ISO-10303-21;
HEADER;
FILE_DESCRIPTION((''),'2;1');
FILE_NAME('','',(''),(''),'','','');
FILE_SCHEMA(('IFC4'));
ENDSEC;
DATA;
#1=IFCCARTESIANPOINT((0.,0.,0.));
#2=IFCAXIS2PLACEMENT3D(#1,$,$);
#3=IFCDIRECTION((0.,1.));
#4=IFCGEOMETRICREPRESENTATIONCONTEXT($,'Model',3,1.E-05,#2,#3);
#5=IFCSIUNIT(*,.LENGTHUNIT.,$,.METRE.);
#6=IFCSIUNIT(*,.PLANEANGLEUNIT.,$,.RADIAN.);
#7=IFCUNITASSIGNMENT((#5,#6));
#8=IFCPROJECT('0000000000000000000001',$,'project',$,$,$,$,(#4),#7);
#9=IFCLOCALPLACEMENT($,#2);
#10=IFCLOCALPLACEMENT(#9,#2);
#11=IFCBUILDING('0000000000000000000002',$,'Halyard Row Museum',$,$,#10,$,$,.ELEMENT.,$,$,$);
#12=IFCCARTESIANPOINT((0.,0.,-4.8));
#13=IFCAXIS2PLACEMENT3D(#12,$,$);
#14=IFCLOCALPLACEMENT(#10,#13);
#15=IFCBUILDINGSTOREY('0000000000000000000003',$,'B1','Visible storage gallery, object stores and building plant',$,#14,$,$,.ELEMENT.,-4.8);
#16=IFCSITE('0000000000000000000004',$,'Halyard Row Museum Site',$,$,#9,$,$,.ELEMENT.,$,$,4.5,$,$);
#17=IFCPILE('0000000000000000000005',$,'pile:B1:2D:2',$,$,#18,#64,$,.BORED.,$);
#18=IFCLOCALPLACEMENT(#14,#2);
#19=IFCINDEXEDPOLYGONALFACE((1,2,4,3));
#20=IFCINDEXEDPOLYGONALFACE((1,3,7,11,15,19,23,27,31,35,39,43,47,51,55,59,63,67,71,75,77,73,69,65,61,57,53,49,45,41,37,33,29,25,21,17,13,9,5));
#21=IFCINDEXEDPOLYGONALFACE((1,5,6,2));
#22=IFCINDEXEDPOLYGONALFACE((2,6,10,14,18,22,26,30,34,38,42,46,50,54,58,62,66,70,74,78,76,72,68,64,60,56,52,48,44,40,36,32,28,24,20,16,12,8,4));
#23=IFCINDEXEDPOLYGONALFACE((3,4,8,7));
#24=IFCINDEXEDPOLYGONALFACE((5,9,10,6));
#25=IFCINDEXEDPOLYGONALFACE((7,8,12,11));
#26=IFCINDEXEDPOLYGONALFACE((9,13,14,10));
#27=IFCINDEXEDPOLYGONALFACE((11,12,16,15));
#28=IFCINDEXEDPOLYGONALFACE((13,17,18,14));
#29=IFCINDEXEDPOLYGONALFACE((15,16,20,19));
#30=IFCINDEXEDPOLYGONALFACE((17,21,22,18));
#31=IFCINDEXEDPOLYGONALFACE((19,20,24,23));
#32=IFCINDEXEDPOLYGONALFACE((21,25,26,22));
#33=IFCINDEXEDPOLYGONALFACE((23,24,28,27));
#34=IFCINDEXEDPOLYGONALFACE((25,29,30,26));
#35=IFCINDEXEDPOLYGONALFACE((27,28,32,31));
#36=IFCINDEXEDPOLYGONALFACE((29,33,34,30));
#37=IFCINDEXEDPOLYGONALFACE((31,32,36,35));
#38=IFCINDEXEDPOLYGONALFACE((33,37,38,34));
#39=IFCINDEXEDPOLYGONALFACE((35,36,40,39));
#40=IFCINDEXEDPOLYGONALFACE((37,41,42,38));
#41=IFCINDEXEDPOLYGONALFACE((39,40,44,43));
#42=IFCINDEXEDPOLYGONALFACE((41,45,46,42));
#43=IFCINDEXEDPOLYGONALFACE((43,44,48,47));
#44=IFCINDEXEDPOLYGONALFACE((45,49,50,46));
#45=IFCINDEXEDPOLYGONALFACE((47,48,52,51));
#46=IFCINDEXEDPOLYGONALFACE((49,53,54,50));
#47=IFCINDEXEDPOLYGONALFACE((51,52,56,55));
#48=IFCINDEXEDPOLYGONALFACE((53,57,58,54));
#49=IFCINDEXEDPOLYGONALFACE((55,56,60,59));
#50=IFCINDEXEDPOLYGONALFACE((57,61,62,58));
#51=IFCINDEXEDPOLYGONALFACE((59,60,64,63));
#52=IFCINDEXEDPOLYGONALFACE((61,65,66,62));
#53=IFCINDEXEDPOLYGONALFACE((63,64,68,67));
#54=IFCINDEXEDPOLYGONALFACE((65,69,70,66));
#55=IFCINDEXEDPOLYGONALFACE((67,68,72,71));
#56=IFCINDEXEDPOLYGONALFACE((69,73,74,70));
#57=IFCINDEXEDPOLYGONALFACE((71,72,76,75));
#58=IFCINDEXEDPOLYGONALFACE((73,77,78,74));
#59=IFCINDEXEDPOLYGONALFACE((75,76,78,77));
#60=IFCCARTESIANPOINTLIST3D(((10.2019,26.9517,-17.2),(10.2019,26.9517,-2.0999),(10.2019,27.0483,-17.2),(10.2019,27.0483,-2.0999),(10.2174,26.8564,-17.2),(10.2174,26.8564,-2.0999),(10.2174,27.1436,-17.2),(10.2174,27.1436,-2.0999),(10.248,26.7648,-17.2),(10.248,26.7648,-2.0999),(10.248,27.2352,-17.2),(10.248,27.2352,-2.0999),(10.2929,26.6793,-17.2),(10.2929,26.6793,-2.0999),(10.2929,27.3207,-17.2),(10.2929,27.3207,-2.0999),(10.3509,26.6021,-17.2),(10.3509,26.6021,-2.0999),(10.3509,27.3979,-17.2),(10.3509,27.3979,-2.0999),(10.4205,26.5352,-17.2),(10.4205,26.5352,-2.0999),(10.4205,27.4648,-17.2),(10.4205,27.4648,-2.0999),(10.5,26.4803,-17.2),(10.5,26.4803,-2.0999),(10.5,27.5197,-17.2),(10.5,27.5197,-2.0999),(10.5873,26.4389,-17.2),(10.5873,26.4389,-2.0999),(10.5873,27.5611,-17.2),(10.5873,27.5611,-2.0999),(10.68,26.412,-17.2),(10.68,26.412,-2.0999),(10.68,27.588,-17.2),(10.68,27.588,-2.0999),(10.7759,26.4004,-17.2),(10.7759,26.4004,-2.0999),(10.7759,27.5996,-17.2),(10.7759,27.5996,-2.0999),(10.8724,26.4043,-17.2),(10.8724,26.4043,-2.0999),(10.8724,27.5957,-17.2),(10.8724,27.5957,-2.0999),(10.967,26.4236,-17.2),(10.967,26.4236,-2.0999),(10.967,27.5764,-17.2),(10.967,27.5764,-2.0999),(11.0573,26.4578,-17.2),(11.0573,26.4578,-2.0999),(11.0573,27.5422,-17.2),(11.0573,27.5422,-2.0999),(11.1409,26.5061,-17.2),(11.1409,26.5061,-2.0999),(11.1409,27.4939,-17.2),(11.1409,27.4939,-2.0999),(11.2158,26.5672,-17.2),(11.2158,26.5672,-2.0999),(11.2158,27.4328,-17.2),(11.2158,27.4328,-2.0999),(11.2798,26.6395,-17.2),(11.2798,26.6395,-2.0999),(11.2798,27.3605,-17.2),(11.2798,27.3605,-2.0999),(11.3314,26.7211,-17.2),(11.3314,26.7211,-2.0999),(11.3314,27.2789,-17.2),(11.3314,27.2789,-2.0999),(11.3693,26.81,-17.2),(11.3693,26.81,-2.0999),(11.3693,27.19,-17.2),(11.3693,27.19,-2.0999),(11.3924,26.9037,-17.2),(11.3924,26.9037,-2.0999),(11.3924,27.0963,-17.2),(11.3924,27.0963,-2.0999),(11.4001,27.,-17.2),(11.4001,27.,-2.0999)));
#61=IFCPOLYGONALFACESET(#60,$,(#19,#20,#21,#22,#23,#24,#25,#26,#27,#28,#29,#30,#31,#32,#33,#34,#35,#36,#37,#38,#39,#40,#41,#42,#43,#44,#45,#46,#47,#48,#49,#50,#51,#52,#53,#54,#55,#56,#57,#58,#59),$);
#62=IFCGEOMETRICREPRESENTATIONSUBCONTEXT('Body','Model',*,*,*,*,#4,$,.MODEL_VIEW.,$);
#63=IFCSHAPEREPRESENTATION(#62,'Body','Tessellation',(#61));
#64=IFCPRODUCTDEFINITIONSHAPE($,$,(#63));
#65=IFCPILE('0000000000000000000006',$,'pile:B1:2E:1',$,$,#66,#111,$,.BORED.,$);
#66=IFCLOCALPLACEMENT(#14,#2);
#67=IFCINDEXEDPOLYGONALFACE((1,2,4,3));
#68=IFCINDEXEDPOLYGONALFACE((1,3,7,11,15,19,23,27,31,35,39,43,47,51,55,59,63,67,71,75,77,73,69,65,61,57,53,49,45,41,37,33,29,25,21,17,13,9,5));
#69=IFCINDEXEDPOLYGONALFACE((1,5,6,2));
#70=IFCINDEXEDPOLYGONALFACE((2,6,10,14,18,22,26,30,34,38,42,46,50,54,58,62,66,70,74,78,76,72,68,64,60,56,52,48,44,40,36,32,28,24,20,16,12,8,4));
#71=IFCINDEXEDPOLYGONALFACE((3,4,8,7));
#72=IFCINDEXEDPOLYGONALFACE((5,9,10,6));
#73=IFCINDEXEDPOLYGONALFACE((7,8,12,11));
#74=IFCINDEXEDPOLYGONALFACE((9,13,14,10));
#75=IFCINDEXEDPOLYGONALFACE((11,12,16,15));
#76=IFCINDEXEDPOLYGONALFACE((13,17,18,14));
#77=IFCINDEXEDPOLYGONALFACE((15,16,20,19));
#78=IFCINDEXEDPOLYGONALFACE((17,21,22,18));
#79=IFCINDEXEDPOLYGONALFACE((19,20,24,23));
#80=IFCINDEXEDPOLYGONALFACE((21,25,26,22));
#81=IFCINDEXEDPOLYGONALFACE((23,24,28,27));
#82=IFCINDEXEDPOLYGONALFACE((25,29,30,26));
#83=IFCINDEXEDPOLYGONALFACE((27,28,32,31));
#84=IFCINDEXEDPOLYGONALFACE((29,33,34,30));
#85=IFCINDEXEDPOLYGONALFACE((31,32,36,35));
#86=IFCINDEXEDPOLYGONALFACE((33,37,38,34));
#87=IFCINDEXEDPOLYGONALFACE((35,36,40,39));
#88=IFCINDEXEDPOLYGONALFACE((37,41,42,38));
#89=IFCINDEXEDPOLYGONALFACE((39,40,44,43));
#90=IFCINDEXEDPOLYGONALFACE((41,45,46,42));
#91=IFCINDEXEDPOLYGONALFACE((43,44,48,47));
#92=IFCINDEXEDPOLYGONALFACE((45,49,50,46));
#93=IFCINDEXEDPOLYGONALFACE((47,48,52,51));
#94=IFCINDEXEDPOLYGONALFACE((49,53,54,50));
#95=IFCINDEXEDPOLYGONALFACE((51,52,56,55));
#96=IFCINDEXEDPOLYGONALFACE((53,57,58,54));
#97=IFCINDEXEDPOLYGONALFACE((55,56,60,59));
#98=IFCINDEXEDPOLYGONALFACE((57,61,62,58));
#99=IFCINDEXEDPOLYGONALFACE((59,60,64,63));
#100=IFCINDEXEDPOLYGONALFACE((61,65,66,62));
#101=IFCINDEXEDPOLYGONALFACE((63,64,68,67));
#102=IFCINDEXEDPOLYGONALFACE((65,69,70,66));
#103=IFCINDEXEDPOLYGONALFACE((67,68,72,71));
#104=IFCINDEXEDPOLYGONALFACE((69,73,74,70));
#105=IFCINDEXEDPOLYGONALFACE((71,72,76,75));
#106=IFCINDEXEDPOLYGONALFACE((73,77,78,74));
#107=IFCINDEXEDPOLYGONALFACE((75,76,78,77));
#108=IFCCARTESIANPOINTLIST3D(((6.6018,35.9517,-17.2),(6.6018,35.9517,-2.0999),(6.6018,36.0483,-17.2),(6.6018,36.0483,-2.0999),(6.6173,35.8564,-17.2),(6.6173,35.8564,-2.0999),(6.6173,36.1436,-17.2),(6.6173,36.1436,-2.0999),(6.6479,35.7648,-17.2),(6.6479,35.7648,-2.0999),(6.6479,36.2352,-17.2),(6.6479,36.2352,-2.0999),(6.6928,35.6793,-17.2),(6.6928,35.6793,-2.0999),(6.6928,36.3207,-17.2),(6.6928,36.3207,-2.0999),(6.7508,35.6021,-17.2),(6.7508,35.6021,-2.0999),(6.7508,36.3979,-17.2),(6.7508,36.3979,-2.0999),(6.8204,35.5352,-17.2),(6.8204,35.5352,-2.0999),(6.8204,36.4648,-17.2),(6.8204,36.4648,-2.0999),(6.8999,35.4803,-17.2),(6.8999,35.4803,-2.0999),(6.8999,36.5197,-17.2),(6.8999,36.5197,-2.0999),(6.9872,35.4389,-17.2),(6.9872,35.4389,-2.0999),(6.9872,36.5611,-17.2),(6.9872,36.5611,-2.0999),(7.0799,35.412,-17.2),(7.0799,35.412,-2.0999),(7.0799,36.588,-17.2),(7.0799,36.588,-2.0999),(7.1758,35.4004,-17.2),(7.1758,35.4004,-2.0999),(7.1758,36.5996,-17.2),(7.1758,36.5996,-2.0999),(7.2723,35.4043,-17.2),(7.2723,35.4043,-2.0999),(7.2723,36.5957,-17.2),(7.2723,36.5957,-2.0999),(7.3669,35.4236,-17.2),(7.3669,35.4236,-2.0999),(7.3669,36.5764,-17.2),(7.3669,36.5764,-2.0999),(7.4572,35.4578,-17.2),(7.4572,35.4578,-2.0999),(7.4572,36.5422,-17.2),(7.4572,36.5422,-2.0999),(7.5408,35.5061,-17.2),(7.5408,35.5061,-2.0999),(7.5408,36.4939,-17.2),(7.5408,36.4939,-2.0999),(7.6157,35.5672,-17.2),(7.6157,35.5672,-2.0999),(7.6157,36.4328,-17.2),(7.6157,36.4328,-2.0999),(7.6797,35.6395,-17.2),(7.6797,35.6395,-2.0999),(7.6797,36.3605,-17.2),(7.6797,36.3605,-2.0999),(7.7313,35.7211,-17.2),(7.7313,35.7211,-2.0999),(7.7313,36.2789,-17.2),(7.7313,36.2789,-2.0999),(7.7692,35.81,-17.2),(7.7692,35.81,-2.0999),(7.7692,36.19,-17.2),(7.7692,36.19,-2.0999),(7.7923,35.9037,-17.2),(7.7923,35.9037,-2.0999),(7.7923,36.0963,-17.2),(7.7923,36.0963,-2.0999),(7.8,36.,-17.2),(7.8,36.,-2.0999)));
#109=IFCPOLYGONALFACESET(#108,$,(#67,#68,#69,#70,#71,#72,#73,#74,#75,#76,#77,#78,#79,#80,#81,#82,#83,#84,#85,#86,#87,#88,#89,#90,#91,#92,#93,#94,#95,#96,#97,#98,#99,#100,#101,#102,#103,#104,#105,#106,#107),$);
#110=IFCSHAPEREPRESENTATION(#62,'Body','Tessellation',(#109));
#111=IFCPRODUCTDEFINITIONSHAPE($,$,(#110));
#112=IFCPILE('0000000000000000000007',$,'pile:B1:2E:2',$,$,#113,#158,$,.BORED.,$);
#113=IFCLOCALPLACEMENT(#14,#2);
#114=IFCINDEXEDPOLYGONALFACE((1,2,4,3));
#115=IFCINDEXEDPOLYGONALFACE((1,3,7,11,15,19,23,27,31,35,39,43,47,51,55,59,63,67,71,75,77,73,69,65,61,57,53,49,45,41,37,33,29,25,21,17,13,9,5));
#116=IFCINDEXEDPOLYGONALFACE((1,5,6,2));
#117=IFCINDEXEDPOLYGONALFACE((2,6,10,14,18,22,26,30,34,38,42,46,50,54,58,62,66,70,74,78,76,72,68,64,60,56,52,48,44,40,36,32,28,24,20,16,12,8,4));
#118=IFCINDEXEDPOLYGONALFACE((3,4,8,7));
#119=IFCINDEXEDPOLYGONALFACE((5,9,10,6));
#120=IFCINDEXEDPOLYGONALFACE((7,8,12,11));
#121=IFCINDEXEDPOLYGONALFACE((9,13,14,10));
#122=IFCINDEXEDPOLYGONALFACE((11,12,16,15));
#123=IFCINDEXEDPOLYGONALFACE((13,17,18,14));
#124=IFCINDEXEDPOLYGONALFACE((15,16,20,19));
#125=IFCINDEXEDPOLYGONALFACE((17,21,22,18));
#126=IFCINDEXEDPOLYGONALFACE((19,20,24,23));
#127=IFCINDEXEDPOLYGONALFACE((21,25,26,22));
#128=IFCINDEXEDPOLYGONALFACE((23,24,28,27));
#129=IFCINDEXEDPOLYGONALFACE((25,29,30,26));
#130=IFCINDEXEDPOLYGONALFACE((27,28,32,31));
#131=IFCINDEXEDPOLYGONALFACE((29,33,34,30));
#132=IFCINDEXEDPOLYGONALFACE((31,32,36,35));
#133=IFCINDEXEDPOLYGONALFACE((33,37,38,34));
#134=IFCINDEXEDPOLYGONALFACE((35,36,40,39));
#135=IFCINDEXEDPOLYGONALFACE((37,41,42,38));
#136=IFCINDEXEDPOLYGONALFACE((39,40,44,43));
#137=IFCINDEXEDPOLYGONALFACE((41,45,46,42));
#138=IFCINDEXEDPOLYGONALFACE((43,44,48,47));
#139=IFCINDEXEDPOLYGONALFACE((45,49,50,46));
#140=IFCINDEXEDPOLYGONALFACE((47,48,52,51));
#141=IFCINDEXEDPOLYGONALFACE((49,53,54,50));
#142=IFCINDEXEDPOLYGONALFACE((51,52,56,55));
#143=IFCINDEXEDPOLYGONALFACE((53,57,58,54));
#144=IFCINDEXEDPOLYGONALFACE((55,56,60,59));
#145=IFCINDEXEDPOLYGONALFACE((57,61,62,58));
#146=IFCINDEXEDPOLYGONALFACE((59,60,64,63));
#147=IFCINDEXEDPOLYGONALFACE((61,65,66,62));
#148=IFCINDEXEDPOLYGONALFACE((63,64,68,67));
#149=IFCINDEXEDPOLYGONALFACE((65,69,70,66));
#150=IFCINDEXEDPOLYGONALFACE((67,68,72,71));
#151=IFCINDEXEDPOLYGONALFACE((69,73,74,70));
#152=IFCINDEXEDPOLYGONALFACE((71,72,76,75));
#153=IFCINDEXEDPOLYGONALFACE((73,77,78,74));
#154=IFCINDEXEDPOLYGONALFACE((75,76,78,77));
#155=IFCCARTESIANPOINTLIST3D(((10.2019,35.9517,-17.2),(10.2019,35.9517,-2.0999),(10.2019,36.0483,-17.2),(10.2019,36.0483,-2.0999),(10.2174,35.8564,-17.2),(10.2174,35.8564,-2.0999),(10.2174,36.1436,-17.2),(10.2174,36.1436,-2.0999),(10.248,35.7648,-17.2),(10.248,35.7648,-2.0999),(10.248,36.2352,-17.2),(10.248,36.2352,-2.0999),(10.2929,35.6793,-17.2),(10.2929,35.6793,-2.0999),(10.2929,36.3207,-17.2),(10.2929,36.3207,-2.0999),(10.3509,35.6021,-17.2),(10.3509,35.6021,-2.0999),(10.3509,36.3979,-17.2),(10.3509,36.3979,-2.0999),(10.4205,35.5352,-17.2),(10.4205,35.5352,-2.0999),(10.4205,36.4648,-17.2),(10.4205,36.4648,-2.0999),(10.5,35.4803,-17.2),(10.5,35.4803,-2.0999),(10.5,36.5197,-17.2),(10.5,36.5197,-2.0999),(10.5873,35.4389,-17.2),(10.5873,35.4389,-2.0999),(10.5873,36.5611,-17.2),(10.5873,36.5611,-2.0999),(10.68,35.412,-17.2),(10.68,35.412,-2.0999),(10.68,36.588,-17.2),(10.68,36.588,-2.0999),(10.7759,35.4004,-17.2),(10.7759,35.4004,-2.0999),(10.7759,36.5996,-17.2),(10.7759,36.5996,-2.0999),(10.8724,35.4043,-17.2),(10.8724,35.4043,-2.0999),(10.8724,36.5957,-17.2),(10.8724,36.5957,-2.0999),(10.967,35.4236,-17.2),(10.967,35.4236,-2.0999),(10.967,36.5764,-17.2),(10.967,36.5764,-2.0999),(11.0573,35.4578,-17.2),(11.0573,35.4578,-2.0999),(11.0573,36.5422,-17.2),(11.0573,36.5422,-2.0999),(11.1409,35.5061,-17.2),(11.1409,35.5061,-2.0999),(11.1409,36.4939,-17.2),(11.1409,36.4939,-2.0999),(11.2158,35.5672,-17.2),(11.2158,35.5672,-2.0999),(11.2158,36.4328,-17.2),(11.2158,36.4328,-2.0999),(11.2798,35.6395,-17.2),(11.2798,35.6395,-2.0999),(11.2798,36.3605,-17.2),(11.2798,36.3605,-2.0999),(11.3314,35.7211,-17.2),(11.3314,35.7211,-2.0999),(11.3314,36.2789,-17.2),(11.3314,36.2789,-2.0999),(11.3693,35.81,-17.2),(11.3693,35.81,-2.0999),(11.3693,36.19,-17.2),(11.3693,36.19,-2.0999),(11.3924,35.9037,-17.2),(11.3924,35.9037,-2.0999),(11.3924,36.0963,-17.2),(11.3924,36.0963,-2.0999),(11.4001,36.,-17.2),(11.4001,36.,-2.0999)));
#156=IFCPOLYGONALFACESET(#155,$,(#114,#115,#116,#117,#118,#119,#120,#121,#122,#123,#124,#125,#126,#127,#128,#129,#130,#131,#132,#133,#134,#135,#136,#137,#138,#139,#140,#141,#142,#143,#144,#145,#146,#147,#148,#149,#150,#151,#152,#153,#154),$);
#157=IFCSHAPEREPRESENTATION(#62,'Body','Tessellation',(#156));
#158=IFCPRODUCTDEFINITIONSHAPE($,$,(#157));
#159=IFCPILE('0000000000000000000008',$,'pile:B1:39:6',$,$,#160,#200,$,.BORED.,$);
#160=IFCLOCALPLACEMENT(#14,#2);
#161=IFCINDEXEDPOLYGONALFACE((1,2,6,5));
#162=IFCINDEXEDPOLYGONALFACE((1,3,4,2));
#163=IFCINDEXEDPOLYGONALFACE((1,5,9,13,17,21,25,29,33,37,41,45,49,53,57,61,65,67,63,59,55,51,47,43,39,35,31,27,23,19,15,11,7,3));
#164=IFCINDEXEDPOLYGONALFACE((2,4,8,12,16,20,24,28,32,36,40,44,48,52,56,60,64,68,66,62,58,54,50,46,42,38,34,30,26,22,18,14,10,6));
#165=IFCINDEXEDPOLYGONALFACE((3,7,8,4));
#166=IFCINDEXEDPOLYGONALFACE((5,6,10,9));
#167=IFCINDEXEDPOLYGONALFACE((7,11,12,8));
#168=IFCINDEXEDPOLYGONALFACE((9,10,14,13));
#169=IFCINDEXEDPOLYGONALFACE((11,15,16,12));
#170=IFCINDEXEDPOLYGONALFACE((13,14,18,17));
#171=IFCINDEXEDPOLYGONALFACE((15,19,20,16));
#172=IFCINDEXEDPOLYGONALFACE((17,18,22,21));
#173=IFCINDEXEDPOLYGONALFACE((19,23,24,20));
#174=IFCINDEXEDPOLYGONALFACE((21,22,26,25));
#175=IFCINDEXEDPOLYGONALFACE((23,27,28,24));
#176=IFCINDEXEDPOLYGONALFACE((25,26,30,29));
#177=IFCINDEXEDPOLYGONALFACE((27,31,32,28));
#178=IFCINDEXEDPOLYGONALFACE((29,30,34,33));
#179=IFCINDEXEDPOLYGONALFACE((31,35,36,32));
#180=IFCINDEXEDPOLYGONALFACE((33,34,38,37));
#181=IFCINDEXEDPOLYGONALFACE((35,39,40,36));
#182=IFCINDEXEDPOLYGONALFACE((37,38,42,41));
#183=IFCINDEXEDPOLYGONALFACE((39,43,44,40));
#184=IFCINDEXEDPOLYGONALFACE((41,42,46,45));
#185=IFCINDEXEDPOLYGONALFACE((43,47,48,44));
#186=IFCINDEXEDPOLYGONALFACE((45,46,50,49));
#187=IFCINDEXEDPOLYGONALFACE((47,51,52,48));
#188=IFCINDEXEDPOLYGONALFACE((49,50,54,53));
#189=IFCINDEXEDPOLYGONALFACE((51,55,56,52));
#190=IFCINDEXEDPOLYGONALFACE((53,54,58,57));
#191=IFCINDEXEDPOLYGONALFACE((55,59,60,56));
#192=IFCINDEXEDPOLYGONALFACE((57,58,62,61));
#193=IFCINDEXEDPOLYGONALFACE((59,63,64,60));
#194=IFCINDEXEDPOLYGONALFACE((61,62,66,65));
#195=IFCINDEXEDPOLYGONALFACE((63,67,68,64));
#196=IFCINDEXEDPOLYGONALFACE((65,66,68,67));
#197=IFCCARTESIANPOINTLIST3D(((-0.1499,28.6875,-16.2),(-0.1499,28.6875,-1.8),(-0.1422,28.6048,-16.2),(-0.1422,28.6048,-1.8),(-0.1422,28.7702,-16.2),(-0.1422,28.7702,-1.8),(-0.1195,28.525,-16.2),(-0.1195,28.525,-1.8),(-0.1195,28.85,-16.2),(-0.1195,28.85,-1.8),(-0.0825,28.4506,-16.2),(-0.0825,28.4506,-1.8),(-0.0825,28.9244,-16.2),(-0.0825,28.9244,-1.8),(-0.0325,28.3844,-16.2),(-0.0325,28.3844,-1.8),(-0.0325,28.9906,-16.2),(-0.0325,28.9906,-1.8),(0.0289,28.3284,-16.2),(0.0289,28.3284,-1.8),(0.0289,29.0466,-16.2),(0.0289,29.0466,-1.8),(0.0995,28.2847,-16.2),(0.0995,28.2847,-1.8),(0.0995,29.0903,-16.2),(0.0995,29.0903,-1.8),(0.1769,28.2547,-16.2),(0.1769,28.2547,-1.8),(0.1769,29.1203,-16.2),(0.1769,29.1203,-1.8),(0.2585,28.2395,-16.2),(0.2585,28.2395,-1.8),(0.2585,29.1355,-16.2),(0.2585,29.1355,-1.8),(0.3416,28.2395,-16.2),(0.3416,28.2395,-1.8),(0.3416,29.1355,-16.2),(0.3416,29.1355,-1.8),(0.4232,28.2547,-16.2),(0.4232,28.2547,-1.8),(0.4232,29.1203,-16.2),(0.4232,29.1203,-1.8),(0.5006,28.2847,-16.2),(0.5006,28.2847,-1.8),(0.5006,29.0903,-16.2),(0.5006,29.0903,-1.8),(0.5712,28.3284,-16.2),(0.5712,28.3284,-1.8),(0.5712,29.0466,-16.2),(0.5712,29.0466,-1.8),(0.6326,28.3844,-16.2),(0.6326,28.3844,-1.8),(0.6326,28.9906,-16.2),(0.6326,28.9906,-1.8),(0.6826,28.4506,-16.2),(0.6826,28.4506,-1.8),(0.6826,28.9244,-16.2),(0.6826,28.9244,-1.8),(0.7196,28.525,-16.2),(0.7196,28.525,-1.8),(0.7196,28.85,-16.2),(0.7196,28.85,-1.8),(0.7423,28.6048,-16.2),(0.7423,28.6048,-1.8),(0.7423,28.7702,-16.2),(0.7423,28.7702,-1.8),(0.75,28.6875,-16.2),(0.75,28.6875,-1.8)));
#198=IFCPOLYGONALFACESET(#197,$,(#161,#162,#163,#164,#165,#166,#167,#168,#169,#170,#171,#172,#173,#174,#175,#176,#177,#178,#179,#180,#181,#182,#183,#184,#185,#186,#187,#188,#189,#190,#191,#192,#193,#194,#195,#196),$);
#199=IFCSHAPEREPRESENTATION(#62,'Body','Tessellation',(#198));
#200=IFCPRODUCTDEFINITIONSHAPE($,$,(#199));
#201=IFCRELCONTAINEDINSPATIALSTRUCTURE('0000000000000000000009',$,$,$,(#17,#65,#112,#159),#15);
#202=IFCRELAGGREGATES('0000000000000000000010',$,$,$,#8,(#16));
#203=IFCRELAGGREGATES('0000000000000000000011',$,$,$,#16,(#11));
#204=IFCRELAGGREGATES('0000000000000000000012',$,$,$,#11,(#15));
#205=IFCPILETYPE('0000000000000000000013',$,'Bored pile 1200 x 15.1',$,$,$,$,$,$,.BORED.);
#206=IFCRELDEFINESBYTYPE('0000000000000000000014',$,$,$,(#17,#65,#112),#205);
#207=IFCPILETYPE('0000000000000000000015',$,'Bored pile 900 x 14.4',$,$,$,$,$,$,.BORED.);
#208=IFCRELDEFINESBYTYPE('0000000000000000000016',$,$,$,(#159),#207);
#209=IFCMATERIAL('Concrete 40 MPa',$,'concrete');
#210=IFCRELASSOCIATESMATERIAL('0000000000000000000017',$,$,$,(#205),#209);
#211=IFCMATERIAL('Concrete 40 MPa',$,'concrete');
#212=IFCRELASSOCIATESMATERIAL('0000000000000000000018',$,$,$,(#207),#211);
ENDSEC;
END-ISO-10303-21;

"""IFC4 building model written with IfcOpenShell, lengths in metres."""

from ifc_helpers import new_model, si_unit, direction, frame, origin, origin_2d, place, context, subcontext, project, spatial, circle, extrude, material, material_profile, profile_set, type_object, element, save


model = new_model("IFC4")

# Units and contexts
model_context = context("Model", 3, precision=1e-05, world=origin(), true_north=direction((0.0, 1.0)))
body_context = subcontext(model_context, "Body", "Model", "MODEL_VIEW")
ifc_project = project(units=[si_unit("LENGTHUNIT", "METRE"), si_unit("PLANEANGLEUNIT", "RADIAN")], contexts=[model_context])

# Site, building, storey
site_placement = place(None, origin())
site = spatial("IfcSite", under=ifc_project, at=site_placement, Name="Halyard Row Museum Site", CompositionType="ELEMENT", RefElevation=4.5)
building_placement = place(site_placement, origin())
building = spatial("IfcBuilding", under=site, at=building_placement, Name="Halyard Row Museum", CompositionType="ELEMENT")
storey_placement = place(building_placement, frame((0.0, 0.0, -4.8)))
storey = spatial("IfcBuildingStorey", under=building, at=storey_placement, Name="B1", Description="Visible storage gallery, object stores and building plant", CompositionType="ELEMENT", Elevation=-4.8)

# Piles
ifc_material_1 = material(Name="Concrete 40 MPa", Category="concrete")
ifc_material_profile_1 = material_profile(ifc_material_1, circle(Radius=0.6001, at=origin_2d()), Name="Bored pile 1200 x 15.1")
ifc_profile_set_1 = profile_set([ifc_material_profile_1], Name="Concrete 40 MPa")
pile_type_1 = type_object("IfcPileType", Name="Bored pile 1200 x 15.1", PredefinedType="BORED", material=ifc_profile_set_1)
for number, where, z_axis, x_axis, name in (
    (1, (10.8, 27.0, -2.0999), (0.0, 0.0, -1.0), (1.0, 0.0, 0.0), "pile:B1:2D:2"),
    (2, (7.2, 36.0, -2.0999), (0.0, 0.0, -1.0), (1.0, 0.0, 0.0), "pile:B1:2E:1"),
    (3, (10.8, 36.0, -2.0999), (0.0, 0.0, -1.0), (1.0, 0.0, 0.0), "pile:B1:2E:2"),
):
    element("IfcPile", number, at=place(storey_placement, frame(where, z_axis=z_axis, x_axis=x_axis)), inside=storey, type_object=pile_type_1, Name=name, PredefinedType="BORED", context=body_context, shape_type="SweptSolid", body=[
        extrude(circle(Radius=0.6001, at=origin_2d()), origin(), (0.0, 0.0, 1.0), 15.1001),
    ])
ifc_material_2 = material(Name="Concrete 40 MPa", Category="concrete")
ifc_material_profile_2 = material_profile(ifc_material_2, circle(Radius=0.45, at=origin_2d()), Name="Bored pile 900 x 14.4")
ifc_profile_set_2 = profile_set([ifc_material_profile_2], Name="Concrete 40 MPa")
pile_type_2 = type_object("IfcPileType", Name="Bored pile 900 x 14.4", PredefinedType="BORED", material=ifc_profile_set_2)
for number, where, z_axis, x_axis, name in (
    (4, (0.3, 28.6875, -1.8), (0.0, 0.0, -1.0), (1.0, 0.0, 0.0), "pile:B1:39:6"),
):
    element("IfcPile", number, at=place(storey_placement, frame(where, z_axis=z_axis, x_axis=x_axis)), inside=storey, type_object=pile_type_2, Name=name, PredefinedType="BORED", context=body_context, shape_type="SweptSolid", body=[
        extrude(circle(Radius=0.45, at=origin_2d()), origin(), (0.0, 0.0, 1.0), 14.3999),
    ])

save(model, "model.ifc")
